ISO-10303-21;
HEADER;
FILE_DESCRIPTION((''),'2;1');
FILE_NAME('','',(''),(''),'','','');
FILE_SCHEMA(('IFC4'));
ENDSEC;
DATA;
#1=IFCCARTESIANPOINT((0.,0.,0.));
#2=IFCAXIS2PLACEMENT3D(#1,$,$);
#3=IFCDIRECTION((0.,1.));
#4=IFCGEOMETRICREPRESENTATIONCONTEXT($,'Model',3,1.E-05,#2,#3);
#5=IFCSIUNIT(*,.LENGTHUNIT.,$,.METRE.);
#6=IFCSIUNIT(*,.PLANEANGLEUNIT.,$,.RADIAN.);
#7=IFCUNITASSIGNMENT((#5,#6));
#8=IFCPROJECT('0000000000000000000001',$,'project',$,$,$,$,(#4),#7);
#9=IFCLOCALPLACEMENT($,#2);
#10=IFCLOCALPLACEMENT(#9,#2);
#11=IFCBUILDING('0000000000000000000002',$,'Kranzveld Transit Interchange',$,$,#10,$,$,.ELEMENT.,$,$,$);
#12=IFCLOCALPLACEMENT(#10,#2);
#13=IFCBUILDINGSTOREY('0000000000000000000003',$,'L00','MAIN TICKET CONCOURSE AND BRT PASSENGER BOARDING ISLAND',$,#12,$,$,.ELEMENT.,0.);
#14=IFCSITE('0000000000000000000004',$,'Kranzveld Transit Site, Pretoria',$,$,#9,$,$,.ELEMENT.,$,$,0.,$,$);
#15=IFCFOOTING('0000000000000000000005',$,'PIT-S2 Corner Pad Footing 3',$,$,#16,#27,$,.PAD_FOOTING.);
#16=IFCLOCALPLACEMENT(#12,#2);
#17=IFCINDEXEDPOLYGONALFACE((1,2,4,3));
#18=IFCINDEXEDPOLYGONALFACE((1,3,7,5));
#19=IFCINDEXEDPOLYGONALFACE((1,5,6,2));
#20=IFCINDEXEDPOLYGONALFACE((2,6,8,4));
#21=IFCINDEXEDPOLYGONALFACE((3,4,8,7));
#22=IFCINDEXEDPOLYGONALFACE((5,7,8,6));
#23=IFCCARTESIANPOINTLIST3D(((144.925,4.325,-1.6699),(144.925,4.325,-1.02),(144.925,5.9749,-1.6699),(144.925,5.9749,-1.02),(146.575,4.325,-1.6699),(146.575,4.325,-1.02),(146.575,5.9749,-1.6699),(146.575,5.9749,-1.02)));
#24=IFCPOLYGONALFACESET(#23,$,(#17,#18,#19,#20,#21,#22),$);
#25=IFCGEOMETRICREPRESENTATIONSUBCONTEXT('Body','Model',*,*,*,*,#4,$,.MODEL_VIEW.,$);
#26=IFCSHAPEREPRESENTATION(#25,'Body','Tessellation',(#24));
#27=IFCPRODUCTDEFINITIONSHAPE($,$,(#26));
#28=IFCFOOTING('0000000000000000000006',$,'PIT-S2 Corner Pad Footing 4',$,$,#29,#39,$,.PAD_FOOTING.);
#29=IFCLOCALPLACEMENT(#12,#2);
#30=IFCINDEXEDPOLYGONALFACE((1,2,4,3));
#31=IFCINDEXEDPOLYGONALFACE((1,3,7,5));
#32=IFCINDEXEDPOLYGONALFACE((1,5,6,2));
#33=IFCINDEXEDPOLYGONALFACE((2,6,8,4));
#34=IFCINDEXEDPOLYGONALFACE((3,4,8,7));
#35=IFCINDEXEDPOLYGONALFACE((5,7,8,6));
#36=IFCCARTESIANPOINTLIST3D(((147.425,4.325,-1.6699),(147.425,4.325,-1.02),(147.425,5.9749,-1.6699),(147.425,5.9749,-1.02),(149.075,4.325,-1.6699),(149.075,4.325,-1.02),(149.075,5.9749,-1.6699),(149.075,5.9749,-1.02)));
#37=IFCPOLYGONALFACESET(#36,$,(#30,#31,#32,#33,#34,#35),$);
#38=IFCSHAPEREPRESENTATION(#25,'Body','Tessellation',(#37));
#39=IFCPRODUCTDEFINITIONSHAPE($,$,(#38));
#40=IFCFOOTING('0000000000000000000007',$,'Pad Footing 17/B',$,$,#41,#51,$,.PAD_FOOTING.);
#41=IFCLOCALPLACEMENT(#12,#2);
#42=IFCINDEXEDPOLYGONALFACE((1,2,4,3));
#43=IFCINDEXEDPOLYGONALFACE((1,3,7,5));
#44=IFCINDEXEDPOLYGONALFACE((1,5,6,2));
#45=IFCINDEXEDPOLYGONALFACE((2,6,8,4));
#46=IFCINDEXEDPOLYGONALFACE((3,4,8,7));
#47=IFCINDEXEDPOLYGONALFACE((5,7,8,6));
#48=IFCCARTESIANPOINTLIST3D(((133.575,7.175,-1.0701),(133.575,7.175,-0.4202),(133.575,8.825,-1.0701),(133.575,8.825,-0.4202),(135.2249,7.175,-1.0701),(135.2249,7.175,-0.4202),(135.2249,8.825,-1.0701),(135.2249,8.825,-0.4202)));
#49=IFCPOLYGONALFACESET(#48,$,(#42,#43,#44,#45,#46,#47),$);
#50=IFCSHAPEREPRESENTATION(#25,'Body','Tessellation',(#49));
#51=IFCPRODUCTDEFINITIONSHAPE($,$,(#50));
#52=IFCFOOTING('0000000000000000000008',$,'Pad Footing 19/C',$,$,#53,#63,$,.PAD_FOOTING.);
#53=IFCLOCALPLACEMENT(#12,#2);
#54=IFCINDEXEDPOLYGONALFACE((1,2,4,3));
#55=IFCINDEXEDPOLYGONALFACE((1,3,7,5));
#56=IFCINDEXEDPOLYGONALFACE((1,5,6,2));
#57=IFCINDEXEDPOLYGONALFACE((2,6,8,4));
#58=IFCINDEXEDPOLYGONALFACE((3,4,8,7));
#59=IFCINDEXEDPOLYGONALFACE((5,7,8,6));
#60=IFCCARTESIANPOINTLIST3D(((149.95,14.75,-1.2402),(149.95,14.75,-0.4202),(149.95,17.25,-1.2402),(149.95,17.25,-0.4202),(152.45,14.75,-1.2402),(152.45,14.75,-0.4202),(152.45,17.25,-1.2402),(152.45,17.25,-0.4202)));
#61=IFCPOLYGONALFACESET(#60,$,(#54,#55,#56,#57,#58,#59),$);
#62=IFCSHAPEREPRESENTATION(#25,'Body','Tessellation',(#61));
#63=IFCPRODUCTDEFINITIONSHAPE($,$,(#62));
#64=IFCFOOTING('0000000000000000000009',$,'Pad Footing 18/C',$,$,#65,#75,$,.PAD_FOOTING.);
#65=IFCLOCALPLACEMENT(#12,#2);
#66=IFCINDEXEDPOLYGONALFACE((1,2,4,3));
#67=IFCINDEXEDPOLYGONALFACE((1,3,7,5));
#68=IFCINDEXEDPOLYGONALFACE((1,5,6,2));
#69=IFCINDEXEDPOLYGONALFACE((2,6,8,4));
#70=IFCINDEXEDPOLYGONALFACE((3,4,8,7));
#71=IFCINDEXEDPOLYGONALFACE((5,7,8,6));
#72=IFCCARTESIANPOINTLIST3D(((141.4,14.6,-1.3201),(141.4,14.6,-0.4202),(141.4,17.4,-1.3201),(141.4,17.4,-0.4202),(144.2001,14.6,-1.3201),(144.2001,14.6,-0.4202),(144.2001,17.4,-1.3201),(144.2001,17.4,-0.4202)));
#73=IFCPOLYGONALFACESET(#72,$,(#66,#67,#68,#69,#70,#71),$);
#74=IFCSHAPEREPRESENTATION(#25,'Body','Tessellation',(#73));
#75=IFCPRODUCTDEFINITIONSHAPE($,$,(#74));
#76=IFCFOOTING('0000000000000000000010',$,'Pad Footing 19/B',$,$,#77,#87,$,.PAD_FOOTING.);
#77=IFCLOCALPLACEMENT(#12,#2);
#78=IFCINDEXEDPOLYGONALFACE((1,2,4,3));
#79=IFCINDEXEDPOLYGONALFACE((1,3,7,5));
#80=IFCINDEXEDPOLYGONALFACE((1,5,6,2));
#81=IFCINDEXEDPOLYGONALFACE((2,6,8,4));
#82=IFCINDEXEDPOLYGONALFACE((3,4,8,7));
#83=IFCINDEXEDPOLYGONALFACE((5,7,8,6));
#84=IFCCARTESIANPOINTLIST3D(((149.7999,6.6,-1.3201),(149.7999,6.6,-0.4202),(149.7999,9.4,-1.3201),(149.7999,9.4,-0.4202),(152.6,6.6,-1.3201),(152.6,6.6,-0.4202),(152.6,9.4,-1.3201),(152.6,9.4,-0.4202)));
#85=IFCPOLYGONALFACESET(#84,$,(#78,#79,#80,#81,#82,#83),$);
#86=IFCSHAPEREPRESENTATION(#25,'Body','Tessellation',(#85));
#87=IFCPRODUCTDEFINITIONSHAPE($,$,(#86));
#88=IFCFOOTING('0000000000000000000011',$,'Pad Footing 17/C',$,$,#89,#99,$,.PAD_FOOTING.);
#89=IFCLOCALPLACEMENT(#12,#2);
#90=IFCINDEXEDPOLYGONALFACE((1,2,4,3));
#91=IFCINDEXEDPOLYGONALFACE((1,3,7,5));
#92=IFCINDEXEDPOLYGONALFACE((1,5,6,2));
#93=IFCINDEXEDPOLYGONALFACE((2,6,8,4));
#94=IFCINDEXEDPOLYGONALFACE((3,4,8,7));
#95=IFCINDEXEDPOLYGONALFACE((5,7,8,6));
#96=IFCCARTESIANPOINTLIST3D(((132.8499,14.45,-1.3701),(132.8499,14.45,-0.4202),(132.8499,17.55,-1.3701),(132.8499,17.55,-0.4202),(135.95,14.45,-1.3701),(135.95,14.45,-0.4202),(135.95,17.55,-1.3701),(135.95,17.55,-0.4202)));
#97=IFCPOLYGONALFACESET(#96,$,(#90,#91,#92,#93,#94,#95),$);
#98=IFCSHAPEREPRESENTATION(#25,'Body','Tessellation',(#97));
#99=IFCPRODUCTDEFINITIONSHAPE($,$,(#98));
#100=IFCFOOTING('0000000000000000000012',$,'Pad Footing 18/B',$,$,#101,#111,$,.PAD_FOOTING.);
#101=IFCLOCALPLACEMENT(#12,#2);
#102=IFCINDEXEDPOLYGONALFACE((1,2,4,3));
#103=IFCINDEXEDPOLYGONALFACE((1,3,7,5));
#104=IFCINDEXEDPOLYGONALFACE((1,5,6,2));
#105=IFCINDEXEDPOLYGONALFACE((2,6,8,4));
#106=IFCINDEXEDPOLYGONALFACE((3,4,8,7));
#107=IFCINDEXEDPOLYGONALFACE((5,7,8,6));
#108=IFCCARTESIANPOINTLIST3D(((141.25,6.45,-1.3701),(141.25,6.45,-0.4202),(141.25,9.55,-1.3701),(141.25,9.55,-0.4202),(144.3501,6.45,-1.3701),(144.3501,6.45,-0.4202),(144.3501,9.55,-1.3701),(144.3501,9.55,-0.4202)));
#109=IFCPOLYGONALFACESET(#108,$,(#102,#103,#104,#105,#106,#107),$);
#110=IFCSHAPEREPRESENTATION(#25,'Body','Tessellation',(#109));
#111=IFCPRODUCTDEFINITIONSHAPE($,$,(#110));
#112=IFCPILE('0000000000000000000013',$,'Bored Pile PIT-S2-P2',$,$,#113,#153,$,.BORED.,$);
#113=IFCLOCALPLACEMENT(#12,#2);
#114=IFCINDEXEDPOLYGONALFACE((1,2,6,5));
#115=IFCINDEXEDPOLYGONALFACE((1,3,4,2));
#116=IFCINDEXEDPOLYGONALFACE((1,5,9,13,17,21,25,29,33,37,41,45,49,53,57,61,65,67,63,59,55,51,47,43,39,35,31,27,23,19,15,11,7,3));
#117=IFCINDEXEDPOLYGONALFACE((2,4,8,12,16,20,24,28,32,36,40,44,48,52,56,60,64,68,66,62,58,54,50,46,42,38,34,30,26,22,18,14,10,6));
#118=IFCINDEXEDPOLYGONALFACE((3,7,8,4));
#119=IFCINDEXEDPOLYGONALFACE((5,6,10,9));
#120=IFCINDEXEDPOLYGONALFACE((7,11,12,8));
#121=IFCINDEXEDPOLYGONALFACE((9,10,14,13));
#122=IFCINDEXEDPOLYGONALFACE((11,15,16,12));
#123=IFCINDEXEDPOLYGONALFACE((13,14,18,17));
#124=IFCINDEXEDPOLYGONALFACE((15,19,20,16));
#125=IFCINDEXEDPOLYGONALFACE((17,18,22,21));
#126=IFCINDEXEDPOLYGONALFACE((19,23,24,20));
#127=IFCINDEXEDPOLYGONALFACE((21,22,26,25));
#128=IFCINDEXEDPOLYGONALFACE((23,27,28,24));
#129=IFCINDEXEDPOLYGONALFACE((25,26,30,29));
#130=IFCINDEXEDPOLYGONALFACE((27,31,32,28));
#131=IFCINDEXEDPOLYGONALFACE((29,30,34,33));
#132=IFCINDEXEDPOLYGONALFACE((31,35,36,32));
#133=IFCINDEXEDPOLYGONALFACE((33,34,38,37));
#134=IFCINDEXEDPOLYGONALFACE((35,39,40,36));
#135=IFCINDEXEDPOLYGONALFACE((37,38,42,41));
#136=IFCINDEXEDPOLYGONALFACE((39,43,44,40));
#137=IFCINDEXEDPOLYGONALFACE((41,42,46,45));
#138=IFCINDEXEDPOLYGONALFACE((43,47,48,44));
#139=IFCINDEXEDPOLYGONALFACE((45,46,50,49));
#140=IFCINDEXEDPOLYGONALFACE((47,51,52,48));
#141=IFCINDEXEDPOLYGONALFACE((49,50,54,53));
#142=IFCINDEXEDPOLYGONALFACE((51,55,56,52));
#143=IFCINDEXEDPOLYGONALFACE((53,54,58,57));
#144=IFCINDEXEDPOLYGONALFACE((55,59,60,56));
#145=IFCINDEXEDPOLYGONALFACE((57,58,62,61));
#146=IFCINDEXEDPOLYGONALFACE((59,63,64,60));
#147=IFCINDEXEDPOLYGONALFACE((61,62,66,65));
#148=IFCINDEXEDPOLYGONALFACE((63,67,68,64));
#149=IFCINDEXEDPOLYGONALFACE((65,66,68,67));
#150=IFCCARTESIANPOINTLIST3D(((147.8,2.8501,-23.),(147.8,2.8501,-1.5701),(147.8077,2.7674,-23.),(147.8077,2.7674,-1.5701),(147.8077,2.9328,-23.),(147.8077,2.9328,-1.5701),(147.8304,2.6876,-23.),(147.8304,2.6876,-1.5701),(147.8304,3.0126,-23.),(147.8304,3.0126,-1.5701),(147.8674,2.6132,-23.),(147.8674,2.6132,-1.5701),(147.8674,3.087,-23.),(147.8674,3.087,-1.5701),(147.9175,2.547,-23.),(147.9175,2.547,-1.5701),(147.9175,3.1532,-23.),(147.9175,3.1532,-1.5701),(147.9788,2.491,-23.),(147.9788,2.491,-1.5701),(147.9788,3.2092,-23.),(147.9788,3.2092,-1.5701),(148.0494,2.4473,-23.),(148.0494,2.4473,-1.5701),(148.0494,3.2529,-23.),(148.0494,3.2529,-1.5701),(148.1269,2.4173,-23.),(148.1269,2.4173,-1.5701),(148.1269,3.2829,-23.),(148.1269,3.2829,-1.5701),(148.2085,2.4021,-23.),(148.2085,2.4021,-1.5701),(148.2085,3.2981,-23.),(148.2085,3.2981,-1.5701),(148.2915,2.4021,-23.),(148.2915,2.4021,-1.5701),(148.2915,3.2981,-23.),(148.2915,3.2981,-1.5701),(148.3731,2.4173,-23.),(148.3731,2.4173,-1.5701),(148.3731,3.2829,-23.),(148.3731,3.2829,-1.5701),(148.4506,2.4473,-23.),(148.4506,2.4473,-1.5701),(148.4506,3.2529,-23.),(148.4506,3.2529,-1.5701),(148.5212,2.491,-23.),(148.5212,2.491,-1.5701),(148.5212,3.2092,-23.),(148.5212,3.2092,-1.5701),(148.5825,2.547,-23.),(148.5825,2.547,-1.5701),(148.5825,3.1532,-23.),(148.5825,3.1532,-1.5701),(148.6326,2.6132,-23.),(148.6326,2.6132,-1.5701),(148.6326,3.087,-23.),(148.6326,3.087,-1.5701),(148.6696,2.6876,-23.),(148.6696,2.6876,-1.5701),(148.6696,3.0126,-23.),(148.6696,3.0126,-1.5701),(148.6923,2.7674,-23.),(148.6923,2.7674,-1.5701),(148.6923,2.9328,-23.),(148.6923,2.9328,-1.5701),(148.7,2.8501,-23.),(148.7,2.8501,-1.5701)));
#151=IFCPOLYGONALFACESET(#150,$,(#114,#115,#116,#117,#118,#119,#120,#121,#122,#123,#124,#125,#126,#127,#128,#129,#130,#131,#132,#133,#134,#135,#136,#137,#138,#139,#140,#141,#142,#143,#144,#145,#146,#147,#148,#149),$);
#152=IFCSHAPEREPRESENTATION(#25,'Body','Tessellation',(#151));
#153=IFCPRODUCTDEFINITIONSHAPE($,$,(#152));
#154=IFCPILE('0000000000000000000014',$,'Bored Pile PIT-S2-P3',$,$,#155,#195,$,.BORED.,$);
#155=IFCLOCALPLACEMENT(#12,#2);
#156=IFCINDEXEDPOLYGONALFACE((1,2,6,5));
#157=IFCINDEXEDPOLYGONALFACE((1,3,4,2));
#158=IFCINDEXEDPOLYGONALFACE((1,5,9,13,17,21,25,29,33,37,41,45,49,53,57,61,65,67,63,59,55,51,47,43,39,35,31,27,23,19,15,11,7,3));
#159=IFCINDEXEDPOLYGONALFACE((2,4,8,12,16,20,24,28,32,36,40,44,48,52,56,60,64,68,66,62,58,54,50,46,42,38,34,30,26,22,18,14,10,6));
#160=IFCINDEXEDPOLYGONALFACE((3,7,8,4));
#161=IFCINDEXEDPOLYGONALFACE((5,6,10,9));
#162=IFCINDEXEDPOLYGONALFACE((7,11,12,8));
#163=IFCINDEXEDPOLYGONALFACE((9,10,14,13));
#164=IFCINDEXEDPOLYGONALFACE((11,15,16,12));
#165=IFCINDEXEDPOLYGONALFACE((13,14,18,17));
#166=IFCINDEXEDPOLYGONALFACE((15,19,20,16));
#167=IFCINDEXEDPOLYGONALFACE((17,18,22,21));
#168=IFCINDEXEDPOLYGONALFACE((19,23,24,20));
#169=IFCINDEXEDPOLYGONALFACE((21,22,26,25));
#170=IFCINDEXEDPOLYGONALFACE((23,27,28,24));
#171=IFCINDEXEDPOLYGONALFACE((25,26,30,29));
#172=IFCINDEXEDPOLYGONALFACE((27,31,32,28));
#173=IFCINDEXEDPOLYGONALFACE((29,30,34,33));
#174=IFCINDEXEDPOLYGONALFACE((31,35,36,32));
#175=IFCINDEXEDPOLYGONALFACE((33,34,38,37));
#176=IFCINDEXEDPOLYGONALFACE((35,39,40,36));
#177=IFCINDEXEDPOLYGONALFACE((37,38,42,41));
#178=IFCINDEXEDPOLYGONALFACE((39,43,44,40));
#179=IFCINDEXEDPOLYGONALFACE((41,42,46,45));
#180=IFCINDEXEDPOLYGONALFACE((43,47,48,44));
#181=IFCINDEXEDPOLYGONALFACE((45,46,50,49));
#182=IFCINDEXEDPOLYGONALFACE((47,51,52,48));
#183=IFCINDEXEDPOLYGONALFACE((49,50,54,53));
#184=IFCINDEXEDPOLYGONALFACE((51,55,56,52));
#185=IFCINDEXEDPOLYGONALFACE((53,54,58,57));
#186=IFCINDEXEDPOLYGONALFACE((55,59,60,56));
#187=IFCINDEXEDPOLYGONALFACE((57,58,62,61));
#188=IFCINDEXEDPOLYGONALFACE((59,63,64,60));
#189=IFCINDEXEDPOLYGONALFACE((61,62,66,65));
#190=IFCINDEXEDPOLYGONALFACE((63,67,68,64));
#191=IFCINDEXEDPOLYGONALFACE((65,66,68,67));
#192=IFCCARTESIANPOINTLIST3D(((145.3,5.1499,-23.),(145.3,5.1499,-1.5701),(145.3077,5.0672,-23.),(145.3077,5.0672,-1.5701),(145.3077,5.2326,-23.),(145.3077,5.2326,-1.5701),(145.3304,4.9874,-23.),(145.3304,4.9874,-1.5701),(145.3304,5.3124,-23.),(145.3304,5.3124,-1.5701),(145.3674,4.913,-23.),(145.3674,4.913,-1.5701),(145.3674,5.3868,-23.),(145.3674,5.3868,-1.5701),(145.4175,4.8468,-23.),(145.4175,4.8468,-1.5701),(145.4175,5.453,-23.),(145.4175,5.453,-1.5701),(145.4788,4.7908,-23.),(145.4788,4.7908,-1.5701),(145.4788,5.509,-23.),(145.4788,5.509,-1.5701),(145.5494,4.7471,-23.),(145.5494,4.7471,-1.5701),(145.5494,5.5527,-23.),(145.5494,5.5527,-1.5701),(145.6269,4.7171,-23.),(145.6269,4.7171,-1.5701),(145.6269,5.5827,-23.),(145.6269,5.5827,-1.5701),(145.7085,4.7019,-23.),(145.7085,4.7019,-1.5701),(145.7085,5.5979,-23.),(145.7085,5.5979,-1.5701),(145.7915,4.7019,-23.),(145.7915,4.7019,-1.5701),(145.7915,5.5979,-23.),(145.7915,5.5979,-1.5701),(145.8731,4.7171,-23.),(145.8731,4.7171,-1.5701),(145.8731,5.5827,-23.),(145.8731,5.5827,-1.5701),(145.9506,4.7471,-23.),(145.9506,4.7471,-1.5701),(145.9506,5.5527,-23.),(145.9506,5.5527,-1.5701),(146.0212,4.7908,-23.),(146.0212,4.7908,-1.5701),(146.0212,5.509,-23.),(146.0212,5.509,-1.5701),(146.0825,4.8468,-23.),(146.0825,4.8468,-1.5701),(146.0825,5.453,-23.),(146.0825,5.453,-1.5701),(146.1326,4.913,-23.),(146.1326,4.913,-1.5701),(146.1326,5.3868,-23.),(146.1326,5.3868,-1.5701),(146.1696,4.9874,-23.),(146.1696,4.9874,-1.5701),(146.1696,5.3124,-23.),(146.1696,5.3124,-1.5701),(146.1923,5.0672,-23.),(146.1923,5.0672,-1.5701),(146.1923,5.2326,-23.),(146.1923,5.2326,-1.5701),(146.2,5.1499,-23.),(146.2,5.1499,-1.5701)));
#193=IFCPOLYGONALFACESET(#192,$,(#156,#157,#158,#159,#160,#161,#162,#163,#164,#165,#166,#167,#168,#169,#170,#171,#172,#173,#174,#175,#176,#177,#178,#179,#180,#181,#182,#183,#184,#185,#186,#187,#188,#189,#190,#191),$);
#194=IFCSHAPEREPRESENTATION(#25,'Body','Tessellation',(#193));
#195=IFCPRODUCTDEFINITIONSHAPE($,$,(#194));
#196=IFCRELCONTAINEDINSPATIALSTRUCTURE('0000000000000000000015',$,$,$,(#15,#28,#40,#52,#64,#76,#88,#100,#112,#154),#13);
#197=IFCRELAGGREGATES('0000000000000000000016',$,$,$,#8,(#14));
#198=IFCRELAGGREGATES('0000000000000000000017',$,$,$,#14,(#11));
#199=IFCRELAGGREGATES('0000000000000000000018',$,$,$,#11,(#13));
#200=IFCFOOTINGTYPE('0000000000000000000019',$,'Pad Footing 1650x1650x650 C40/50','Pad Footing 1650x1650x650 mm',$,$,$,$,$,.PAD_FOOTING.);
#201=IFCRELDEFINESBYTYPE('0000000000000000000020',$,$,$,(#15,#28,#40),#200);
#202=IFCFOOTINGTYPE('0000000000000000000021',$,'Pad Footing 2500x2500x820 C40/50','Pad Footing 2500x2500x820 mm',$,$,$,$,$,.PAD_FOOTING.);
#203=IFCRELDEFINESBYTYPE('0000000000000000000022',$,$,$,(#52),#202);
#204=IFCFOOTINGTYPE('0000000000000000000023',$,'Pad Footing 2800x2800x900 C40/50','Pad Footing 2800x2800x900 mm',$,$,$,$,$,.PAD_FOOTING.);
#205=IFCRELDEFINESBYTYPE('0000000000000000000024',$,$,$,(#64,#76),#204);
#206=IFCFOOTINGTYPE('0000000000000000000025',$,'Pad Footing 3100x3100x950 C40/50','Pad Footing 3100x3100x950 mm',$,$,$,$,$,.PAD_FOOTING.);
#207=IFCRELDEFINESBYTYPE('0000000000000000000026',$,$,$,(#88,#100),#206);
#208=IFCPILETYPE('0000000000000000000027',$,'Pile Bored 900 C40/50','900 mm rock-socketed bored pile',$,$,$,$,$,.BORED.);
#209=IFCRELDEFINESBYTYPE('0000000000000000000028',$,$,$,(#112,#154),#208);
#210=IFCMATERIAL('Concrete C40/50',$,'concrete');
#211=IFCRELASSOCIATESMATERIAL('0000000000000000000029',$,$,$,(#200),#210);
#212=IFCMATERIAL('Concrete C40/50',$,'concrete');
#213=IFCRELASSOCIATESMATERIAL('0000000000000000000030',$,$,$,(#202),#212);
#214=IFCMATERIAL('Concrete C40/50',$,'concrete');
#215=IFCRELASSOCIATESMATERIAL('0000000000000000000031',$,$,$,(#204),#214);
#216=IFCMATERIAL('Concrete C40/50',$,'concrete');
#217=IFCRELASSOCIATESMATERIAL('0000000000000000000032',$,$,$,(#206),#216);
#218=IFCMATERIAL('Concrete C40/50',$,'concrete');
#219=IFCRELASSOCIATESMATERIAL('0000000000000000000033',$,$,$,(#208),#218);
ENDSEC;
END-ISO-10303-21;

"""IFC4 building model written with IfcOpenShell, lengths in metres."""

from ifc_helpers import new_model, si_unit, direction, frame, origin, origin_2d, place, context, subcontext, project, spatial, rectangle, circle, extrude, material, material_profile, profile_set, type_object, element, save


model = new_model("IFC4")

# Units and contexts
model_context = context("Model", 3, precision=1e-05, world=origin(), true_north=direction((0.0, 1.0)))
body_context = subcontext(model_context, "Body", "Model", "MODEL_VIEW")
ifc_project = project(units=[si_unit("LENGTHUNIT", "METRE"), si_unit("PLANEANGLEUNIT", "RADIAN")], contexts=[model_context])

# Site, building, storey
site_placement = place(None, origin())
site = spatial("IfcSite", under=ifc_project, at=site_placement, Name="Kranzveld Transit Site, Pretoria", CompositionType="ELEMENT", RefElevation=0.0)
building_placement = place(site_placement, origin())
building = spatial("IfcBuilding", under=site, at=building_placement, Name="Kranzveld Transit Interchange", CompositionType="ELEMENT")
storey_placement = place(building_placement, origin())
storey = spatial("IfcBuildingStorey", under=building, at=storey_placement, Name="L00", Description="MAIN TICKET CONCOURSE AND BRT PASSENGER BOARDING ISLAND", CompositionType="ELEMENT", Elevation=0.0)

# Footings
ifc_material_1 = material(Name="Concrete C40/50", Category="concrete")
footing_type_1 = type_object("IfcFootingType", Name="Pad Footing 1650x1650x650 C40/50", Description="Pad Footing 1650x1650x650 mm", PredefinedType="PAD_FOOTING", material=ifc_material_1)
for number, where, z_axis, x_axis, name in (
    (1, (145.75, 5.1499, -1.6699), (0.0, 0.0, 1.0), (1.0, 0.0, 0.0), "PIT-S2 Corner Pad Footing 3"),
    (2, (148.25, 5.1499, -1.6699), (0.0, 0.0, 1.0), (1.0, 0.0, 0.0), "PIT-S2 Corner Pad Footing 4"),
    (3, (134.3999, 8.0, -1.0701), (0.0, 0.0, 1.0), (1.0, 0.0, 0.0), "Pad Footing 17/B"),
):
    element("IfcFooting", number, at=place(storey_placement, frame(where, z_axis=z_axis, x_axis=x_axis)), inside=storey, type_object=footing_type_1, Name=name, PredefinedType="PAD_FOOTING", context=body_context, shape_type="SweptSolid", body=[
        extrude(rectangle(XDim=1.6499, YDim=1.6499, at=origin_2d()), origin(), (0.0, 0.0, 1.0), 0.6499),
    ])
ifc_material_2 = material(Name="Concrete C40/50", Category="concrete")
footing_type_2 = type_object("IfcFootingType", Name="Pad Footing 2500x2500x820 C40/50", Description="Pad Footing 2500x2500x820 mm", PredefinedType="PAD_FOOTING", material=ifc_material_2)
footing_placement = place(storey_placement, frame((151.2, 16.0, -1.2402), z_axis=(0.0, 0.0, 1.0), x_axis=(1.0, 0.0, 0.0)))
element("IfcFooting", 4, at=footing_placement, inside=storey, type_object=footing_type_2, Name="Pad Footing 19/C", PredefinedType="PAD_FOOTING", context=body_context, shape_type="SweptSolid", body=[
    extrude(rectangle(XDim=2.5, YDim=2.5, at=origin_2d()), origin(), (0.0, 0.0, 1.0), 0.8201),
])
ifc_material_3 = material(Name="Concrete C40/50", Category="concrete")
footing_type_3 = type_object("IfcFootingType", Name="Pad Footing 2800x2800x900 C40/50", Description="Pad Footing 2800x2800x900 mm", PredefinedType="PAD_FOOTING", material=ifc_material_3)
for number, where, z_axis, x_axis, name in (
    (5, (142.8, 16.0, -1.3201), (0.0, 0.0, 1.0), (1.0, 0.0, 0.0), "Pad Footing 18/C"),
    (6, (151.2, 8.0, -1.3201), (0.0, 0.0, 1.0), (1.0, 0.0, 0.0), "Pad Footing 19/B"),
):
    element("IfcFooting", number, at=place(storey_placement, frame(where, z_axis=z_axis, x_axis=x_axis)), inside=storey, type_object=footing_type_3, Name=name, PredefinedType="PAD_FOOTING", context=body_context, shape_type="SweptSolid", body=[
        extrude(rectangle(XDim=2.8, YDim=2.8, at=origin_2d()), origin(), (0.0, 0.0, 1.0), 0.8999),
    ])
ifc_material_4 = material(Name="Concrete C40/50", Category="concrete")
footing_type_4 = type_object("IfcFootingType", Name="Pad Footing 3100x3100x950 C40/50", Description="Pad Footing 3100x3100x950 mm", PredefinedType="PAD_FOOTING", material=ifc_material_4)
for number, where, z_axis, x_axis, name in (
    (7, (134.3999, 16.0, -1.3701), (0.0, 0.0, 1.0), (1.0, 0.0, 0.0), "Pad Footing 17/C"),
    (8, (142.8, 8.0, -1.3701), (0.0, 0.0, 1.0), (1.0, 0.0, 0.0), "Pad Footing 18/B"),
):
    element("IfcFooting", number, at=place(storey_placement, frame(where, z_axis=z_axis, x_axis=x_axis)), inside=storey, type_object=footing_type_4, Name=name, PredefinedType="PAD_FOOTING", context=body_context, shape_type="SweptSolid", body=[
        extrude(rectangle(XDim=3.1001, YDim=3.1001, at=origin_2d()), origin(), (0.0, 0.0, 1.0), 0.95),
    ])

# Piles
ifc_material_5 = material(Name="Concrete C40/50", Category="concrete")
ifc_material_profile_1 = material_profile(ifc_material_5, circle(Radius=0.45, at=origin_2d()), Name="BORED PILE 900")
ifc_profile_set_1 = profile_set([ifc_material_profile_1], Name="Concrete C40/50")
pile_type = type_object("IfcPileType", Name="Pile Bored 900 C40/50", Description="900 mm rock-socketed bored pile", PredefinedType="BORED", material=ifc_profile_set_1)
for number, where, z_axis, x_axis, name in (
    (9, (148.25, 2.8501, -1.5701), (0.0, 0.0, -1.0), (1.0, 0.0, 0.0), "Bored Pile PIT-S2-P2"),
    (10, (145.75, 5.1499, -1.5701), (0.0, 0.0, -1.0), (1.0, 0.0, 0.0), "Bored Pile PIT-S2-P3"),
):
    element("IfcPile", number, at=place(storey_placement, frame(where, z_axis=z_axis, x_axis=x_axis)), inside=storey, type_object=pile_type, Name=name, PredefinedType="BORED", context=body_context, shape_type="SweptSolid", body=[
        extrude(circle(Radius=0.45, at=origin_2d()), origin(), (0.0, 0.0, 1.0), 21.4299),
    ])

save(model, "model.ifc")
